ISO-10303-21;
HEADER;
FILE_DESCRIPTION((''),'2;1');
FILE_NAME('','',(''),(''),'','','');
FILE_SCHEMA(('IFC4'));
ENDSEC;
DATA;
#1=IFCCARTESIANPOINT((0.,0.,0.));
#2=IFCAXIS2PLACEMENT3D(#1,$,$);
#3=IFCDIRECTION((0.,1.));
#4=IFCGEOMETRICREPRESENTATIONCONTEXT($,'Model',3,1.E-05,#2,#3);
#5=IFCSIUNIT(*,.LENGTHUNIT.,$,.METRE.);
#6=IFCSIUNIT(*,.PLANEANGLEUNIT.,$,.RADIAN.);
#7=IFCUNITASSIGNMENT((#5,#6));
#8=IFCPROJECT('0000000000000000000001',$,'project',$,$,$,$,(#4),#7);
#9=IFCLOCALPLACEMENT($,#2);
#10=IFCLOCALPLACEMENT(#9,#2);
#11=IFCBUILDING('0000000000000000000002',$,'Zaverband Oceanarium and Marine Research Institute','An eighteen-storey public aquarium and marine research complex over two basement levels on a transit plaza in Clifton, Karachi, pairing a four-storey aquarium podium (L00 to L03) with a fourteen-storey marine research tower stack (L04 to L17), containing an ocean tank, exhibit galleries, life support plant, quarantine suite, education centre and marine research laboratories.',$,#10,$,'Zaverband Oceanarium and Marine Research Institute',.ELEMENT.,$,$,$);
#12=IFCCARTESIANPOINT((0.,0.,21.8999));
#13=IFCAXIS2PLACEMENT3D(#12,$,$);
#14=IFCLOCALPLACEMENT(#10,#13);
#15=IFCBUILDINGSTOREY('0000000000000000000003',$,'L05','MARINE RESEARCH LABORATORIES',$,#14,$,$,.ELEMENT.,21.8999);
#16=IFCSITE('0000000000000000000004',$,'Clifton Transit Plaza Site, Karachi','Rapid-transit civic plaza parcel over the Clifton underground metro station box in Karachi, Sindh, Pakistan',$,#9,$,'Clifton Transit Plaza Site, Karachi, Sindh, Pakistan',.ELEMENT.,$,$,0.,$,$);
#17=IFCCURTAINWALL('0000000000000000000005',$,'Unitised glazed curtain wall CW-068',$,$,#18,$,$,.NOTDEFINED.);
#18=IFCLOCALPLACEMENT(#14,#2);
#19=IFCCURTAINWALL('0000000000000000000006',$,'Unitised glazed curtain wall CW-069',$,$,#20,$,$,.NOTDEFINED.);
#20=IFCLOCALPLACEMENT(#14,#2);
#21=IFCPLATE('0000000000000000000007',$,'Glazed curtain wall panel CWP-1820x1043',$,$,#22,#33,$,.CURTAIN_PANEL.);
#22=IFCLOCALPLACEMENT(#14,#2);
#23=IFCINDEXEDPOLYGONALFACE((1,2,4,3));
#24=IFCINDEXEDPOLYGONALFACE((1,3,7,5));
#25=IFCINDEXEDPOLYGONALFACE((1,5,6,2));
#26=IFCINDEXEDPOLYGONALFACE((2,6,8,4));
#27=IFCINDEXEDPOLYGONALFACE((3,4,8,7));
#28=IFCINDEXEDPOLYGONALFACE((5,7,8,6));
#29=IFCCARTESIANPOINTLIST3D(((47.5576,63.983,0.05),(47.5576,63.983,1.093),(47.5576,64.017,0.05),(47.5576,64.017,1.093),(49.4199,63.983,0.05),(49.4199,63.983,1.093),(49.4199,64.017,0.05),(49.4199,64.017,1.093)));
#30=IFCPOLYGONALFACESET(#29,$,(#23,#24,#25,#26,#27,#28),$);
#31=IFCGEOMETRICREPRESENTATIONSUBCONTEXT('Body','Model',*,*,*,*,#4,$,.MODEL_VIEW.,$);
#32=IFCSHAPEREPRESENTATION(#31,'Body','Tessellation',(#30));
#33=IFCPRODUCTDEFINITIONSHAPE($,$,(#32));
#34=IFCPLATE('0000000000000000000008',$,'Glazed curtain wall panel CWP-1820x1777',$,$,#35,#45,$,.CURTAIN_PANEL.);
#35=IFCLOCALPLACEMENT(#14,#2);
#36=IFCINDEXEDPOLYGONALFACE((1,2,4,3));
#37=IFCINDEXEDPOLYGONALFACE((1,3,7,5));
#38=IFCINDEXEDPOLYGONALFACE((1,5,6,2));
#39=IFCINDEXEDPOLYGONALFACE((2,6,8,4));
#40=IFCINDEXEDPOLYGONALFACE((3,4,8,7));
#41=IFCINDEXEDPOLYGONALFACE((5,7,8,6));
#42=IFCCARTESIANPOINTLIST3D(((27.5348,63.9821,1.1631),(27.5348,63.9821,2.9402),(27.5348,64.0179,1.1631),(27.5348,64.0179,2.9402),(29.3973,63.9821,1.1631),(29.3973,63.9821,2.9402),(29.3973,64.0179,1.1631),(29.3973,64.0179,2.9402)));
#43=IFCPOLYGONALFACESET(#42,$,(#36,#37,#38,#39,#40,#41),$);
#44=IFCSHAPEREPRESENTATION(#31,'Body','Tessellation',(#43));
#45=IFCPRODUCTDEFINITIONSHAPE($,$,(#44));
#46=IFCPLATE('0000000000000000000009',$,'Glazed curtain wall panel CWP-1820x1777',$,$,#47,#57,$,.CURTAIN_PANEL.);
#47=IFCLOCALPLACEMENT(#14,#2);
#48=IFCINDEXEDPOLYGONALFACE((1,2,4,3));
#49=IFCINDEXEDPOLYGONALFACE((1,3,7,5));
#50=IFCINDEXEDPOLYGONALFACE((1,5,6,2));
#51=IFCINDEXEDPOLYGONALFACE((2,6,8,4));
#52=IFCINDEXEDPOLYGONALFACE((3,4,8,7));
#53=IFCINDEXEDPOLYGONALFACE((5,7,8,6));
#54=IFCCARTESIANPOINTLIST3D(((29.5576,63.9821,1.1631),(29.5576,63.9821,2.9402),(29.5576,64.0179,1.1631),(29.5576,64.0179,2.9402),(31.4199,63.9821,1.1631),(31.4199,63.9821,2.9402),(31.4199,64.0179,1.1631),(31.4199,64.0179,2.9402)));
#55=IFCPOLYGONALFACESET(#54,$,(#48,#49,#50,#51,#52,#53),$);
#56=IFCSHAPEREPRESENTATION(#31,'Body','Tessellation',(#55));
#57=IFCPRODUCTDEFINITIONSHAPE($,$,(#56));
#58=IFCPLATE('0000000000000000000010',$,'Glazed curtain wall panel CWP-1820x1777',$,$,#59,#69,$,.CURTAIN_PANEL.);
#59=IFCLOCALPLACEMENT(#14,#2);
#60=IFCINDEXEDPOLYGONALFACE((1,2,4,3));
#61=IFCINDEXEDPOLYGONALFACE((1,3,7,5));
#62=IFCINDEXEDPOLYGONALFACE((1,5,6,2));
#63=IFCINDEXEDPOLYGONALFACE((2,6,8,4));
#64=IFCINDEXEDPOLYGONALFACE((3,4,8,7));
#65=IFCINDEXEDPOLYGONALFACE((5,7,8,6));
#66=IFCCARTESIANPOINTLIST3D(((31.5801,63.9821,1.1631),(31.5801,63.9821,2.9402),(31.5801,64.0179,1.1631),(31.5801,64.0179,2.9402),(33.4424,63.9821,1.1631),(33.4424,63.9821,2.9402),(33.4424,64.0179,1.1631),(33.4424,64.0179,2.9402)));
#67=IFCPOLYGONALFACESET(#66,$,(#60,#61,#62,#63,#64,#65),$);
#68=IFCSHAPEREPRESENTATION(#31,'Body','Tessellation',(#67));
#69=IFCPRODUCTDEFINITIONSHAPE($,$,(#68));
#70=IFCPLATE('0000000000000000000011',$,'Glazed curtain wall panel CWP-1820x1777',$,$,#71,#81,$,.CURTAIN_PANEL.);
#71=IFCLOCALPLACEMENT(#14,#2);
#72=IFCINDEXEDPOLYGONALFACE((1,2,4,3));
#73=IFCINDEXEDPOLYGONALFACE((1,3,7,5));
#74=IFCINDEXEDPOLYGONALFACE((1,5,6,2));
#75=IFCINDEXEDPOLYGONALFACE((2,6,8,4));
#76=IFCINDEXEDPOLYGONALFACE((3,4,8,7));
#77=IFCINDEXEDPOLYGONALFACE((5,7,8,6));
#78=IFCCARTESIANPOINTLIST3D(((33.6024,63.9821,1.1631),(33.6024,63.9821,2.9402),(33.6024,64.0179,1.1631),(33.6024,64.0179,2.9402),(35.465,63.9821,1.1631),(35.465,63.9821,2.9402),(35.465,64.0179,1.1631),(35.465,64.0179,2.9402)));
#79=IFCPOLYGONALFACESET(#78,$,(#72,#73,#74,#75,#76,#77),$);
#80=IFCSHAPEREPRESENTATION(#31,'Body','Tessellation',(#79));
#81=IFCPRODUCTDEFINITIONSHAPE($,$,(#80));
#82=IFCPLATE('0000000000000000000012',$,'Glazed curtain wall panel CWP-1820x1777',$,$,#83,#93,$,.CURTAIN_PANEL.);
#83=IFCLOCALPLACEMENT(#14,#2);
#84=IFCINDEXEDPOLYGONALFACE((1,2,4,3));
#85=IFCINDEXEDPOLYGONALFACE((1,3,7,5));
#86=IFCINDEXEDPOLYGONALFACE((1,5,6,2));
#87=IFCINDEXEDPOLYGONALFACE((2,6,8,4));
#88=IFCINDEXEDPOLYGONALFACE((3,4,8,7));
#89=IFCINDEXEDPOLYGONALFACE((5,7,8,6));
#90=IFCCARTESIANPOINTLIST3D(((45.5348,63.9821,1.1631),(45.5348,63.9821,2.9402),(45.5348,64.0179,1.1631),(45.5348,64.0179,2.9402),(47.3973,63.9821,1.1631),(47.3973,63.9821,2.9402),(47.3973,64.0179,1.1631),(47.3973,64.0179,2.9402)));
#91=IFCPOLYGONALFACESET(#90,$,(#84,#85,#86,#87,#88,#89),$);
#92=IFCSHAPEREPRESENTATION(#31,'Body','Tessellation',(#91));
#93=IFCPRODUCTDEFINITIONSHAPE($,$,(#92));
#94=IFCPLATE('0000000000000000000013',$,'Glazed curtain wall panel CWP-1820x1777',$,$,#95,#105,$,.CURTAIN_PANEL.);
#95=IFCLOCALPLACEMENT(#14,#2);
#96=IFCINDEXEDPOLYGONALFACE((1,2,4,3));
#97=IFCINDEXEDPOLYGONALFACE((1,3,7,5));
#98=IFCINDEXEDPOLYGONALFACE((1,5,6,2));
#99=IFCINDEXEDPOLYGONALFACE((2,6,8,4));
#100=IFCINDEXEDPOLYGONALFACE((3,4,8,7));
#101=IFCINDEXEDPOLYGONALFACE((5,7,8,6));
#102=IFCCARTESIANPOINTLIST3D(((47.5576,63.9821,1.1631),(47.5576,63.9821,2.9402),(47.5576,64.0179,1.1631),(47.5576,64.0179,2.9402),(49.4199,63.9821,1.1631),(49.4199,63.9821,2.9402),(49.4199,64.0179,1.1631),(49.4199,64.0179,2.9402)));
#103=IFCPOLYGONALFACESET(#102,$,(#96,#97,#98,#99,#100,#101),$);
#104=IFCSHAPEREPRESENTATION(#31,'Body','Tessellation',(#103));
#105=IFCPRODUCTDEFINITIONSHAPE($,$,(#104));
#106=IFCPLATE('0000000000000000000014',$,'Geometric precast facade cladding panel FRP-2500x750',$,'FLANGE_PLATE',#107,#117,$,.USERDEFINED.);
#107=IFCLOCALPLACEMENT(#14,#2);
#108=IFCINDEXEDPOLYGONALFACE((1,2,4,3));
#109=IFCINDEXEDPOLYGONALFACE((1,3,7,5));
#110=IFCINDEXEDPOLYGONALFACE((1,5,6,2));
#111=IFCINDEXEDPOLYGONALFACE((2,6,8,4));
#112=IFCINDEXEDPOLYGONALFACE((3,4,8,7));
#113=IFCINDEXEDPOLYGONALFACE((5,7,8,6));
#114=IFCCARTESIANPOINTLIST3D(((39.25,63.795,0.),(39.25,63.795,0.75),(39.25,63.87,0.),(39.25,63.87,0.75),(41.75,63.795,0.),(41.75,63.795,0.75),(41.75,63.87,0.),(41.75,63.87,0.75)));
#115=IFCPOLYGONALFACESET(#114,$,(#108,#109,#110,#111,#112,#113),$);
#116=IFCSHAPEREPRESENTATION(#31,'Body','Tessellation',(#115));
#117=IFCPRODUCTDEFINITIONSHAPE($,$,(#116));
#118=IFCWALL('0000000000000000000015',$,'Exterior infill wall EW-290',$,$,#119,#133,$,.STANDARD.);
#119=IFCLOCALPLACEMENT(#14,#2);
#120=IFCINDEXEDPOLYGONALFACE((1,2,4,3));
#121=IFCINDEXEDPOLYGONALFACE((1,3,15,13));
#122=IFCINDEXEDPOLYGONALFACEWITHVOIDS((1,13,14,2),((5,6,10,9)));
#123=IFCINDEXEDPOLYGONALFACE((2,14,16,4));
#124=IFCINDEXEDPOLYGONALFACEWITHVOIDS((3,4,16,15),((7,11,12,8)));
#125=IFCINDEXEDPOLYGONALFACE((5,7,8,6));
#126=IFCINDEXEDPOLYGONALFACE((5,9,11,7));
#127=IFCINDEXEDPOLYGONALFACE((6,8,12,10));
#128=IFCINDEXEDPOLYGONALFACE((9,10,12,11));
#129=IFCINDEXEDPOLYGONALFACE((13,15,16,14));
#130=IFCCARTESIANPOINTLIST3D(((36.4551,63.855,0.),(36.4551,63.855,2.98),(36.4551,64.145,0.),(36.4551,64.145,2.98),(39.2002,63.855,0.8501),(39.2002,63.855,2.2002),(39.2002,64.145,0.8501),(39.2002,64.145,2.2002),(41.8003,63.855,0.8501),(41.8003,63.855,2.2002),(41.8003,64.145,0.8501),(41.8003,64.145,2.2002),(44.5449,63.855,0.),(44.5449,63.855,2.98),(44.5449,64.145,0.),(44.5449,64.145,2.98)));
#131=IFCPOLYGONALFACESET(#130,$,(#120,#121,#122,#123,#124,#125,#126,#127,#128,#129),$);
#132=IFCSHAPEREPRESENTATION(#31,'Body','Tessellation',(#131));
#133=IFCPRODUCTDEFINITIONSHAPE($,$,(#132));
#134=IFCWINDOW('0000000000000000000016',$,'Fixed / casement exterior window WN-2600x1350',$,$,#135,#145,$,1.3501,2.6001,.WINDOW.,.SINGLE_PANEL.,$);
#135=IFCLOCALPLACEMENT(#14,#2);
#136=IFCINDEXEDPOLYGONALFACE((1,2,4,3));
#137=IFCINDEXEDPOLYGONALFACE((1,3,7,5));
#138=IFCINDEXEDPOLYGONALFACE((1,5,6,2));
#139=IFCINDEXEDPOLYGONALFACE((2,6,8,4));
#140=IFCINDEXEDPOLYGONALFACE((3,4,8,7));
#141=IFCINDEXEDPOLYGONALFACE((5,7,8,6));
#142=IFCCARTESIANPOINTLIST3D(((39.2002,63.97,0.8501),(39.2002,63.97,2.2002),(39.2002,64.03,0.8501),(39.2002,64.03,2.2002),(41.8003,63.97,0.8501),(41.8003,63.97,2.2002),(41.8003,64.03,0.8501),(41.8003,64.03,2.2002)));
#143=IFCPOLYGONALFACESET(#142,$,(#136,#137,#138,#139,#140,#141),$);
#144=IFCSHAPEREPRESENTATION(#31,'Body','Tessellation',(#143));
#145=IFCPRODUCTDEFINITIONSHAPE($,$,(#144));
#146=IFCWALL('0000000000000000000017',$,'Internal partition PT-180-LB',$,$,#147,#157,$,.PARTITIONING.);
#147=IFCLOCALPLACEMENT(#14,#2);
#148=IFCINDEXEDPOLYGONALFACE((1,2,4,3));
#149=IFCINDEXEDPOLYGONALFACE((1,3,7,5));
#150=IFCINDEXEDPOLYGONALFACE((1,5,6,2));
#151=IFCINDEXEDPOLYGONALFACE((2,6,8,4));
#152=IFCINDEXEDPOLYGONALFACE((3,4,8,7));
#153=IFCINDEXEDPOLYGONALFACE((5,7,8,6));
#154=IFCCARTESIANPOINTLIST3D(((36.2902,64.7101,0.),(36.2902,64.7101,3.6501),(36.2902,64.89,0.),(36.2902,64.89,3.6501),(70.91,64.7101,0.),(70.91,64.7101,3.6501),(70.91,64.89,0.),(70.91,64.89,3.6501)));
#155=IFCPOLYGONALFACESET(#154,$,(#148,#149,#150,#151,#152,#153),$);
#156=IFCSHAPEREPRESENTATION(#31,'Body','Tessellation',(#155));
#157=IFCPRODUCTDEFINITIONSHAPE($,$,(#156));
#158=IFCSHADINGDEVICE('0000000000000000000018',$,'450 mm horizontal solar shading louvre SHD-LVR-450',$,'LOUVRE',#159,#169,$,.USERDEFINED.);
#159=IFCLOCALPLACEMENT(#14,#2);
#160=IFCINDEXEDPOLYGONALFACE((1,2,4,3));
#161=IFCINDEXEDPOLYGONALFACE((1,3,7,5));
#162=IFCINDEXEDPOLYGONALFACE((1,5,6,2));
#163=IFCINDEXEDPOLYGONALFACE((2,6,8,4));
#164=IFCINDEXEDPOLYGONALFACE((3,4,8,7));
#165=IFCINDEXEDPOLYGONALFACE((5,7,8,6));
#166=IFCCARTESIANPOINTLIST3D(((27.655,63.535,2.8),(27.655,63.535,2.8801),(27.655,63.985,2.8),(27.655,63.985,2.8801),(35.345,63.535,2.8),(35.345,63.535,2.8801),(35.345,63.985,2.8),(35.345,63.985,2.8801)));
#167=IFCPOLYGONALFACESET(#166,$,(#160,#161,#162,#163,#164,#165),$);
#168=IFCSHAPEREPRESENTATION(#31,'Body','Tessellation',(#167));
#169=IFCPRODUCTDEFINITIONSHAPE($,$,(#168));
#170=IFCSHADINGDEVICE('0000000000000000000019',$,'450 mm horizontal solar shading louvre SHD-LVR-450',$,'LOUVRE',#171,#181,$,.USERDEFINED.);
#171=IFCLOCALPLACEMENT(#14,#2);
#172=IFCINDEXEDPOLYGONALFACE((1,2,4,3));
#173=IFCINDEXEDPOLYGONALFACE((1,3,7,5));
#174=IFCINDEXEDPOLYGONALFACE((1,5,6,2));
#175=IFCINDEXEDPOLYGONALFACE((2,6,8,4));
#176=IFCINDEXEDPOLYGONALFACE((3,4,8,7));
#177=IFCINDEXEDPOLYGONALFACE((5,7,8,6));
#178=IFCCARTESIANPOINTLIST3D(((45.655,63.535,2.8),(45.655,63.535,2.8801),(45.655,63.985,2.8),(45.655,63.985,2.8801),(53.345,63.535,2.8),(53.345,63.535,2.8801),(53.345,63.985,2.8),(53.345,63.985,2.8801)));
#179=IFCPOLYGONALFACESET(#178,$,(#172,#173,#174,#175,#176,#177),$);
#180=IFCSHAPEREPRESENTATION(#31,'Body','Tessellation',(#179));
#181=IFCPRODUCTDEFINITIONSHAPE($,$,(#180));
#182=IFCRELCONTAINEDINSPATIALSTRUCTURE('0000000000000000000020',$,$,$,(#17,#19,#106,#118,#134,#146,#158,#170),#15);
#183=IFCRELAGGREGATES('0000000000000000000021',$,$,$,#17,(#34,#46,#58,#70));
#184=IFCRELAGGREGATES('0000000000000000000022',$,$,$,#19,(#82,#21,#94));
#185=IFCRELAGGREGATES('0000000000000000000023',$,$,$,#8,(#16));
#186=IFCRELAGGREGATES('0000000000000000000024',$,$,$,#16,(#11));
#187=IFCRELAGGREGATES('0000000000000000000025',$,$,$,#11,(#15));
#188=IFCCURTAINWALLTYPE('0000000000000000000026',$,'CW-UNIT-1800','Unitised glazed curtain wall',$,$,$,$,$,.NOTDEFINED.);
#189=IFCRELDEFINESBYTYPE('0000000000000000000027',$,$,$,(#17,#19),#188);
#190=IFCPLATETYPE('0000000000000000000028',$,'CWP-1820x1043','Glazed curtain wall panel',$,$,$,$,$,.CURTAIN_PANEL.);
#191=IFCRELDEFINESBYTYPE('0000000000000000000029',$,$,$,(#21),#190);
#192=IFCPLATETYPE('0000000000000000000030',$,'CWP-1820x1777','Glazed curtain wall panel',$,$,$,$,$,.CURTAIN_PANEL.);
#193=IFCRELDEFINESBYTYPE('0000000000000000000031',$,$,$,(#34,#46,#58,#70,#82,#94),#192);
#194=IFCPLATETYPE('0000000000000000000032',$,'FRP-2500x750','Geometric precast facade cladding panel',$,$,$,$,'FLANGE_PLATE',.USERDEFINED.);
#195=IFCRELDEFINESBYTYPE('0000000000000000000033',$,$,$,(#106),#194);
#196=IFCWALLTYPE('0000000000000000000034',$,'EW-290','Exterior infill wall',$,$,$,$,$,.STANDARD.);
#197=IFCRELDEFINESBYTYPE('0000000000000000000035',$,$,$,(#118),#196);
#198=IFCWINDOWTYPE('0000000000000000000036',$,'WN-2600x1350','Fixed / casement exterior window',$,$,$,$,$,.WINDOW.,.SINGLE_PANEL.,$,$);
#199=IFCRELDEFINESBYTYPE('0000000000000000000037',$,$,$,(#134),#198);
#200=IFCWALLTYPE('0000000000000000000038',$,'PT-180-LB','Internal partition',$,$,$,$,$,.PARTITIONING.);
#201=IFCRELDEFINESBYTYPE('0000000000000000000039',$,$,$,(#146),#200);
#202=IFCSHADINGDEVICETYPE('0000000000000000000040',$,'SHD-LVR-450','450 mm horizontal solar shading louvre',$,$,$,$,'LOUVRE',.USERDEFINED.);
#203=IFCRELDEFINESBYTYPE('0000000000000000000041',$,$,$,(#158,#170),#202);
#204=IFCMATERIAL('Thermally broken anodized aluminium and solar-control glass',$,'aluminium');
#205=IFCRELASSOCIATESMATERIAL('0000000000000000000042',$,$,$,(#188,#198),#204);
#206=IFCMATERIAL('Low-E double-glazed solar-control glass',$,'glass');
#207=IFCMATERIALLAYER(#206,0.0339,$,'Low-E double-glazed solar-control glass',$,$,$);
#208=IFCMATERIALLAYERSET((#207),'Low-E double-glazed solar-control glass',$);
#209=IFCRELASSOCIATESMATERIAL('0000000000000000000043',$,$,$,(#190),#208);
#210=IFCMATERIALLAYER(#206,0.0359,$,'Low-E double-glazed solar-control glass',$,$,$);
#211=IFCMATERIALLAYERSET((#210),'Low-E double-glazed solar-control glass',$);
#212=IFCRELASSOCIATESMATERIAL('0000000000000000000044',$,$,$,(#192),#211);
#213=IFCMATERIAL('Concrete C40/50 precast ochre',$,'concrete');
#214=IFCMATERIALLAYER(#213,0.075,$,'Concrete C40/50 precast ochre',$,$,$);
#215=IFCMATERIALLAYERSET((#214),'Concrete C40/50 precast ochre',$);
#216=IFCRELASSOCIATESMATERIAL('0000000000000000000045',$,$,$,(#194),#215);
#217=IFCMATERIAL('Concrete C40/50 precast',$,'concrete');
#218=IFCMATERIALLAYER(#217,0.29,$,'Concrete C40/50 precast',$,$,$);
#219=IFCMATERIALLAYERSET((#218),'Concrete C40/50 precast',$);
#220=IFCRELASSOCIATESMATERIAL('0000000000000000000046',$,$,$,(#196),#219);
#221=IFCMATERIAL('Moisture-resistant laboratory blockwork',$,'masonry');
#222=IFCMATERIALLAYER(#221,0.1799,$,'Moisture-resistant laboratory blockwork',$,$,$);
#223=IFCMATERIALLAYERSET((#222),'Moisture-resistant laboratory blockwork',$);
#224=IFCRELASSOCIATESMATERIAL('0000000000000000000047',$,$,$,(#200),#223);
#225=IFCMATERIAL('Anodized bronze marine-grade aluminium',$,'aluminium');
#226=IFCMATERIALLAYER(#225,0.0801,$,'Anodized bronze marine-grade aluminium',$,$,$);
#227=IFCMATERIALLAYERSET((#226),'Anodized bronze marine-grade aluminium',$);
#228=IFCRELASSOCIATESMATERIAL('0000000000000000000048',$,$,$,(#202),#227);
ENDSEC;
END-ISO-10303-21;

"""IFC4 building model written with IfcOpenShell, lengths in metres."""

from ifc_helpers import new_model, si_unit, direction, frame, frame_2d, origin, place, context, subcontext, project, spatial, rectangle, extrude, material, layer, layer_set, type_object, element, fill, aggregate, save


model = new_model("IFC4")

# Units and contexts
model_context = context("Model", 3, precision=1e-05, world=origin(), true_north=direction((0.0, 1.0)))
body_context = subcontext(model_context, "Body", "Model", "MODEL_VIEW")
ifc_project = project(units=[si_unit("LENGTHUNIT", "METRE"), si_unit("PLANEANGLEUNIT", "RADIAN")], contexts=[model_context])

# Site, building, storey
site_placement = place(None, origin())
site = spatial("IfcSite", under=ifc_project, at=site_placement, Name="Clifton Transit Plaza Site, Karachi", Description="Rapid-transit civic plaza parcel over the Clifton underground metro station box in Karachi, Sindh, Pakistan", LongName="Clifton Transit Plaza Site, Karachi, Sindh, Pakistan", CompositionType="ELEMENT", RefElevation=0.0)
building_placement = place(site_placement, origin())
building = spatial("IfcBuilding", under=site, at=building_placement, Name="Zaverband Oceanarium and Marine Research Institute", Description="An eighteen-storey public aquarium and marine research complex over two basement levels on a transit plaza in Clifton, Karachi, pairing a four-storey aquarium podium (L00 to L03) with a fourteen-storey marine research tower stack (L04 to L17), containing an ocean tank, exhibit galleries, life support plant, quarantine suite, education centre and marine research laboratories.", LongName="Zaverband Oceanarium and Marine Research Institute", CompositionType="ELEMENT")
storey_placement = place(building_placement, frame((0.0, 0.0, 21.8999)))
storey = spatial("IfcBuildingStorey", under=building, at=storey_placement, Name="L05", Description="MARINE RESEARCH LABORATORIES", CompositionType="ELEMENT", Elevation=21.8999)

# Curtain walls
ifc_material_1 = material(Name="Thermally broken anodized aluminium and solar-control glass", Category="aluminium")
curtain_wall_type = type_object("IfcCurtainWallType", Name="CW-UNIT-1800", Description="Unitised glazed curtain wall", PredefinedType="NOTDEFINED", material=ifc_material_1)
curtain_wall_1_placement = place(storey_placement, origin())
curtain_wall_1 = element("IfcCurtainWall", 1, at=curtain_wall_1_placement, inside=storey, type_object=curtain_wall_type, Name="Unitised glazed curtain wall CW-068", PredefinedType="NOTDEFINED")
curtain_wall_2_placement = place(storey_placement, origin())
curtain_wall_2 = element("IfcCurtainWall", 2, at=curtain_wall_2_placement, inside=storey, type_object=curtain_wall_type, Name="Unitised glazed curtain wall CW-069", PredefinedType="NOTDEFINED")

# Plates
ifc_material_2 = material(Name="Low-E double-glazed solar-control glass", Category="glass")
ifc_layer_1 = layer(ifc_material_2, 0.0339, Name="Low-E double-glazed solar-control glass")
ifc_layer_set_1 = layer_set([ifc_layer_1], Name="Low-E double-glazed solar-control glass")
plate_type_1 = type_object("IfcPlateType", Name="CWP-1820x1043", Description="Glazed curtain wall panel", PredefinedType="CURTAIN_PANEL", material=ifc_layer_set_1)
plate_1_placement = place(storey_placement, frame((47.5576, 64.0, 0.05), z_axis=(0.0, 0.0, 1.0), x_axis=(1.0, 0.0, 0.0)))
plate_1 = element("IfcPlate", 3, at=plate_1_placement, type_object=plate_type_1, Name="Glazed curtain wall panel CWP-1820x1043", PredefinedType="CURTAIN_PANEL", context=body_context, shape_type="SweptSolid", body=[
    extrude(rectangle(XDim=1.8623, YDim=0.0339, at=frame_2d((0.9312, 0.0))), origin(), (0.0, 0.0, 1.0), 1.043),
])
ifc_layer_2 = layer(ifc_material_2, 0.0359, Name="Low-E double-glazed solar-control glass")
ifc_layer_set_2 = layer_set([ifc_layer_2], Name="Low-E double-glazed solar-control glass")
plate_type_2 = type_object("IfcPlateType", Name="CWP-1820x1777", Description="Glazed curtain wall panel", PredefinedType="CURTAIN_PANEL", material=ifc_layer_set_2)
plate_2_placement = place(storey_placement, frame((27.5349, 64.0, 1.1631), z_axis=(0.0, 0.0, 1.0), x_axis=(1.0, 0.0, 0.0)))
plate_2 = element("IfcPlate", 4, at=plate_2_placement, type_object=plate_type_2, Name="Glazed curtain wall panel CWP-1820x1777", PredefinedType="CURTAIN_PANEL", context=body_context, shape_type="SweptSolid", body=[
    extrude(rectangle(XDim=1.8625, YDim=0.0359, at=frame_2d((0.9312, 0.0))), origin(), (0.0, 0.0, 1.0), 1.7771),
])
plate_3_placement = place(storey_placement, frame((29.5576, 64.0, 1.1631), z_axis=(0.0, 0.0, 1.0), x_axis=(1.0, 0.0, 0.0)))
plate_3 = element("IfcPlate", 5, at=plate_3_placement, type_object=plate_type_2, Name="Glazed curtain wall panel CWP-1820x1777", PredefinedType="CURTAIN_PANEL", context=body_context, shape_type="SweptSolid", body=[
    extrude(rectangle(XDim=1.8623, YDim=0.0359, at=frame_2d((0.9312, 0.0))), origin(), (0.0, 0.0, 1.0), 1.7771),
])
plate_4_placement = place(storey_placement, frame((31.5801, 64.0, 1.1631), z_axis=(0.0, 0.0, 1.0), x_axis=(1.0, 0.0, 0.0)))
plate_4 = element("IfcPlate", 6, at=plate_4_placement, type_object=plate_type_2, Name="Glazed curtain wall panel CWP-1820x1777", PredefinedType="CURTAIN_PANEL", context=body_context, shape_type="SweptSolid", body=[
    extrude(rectangle(XDim=1.8623, YDim=0.0359, at=frame_2d((0.9312, 0.0))), origin(), (0.0, 0.0, 1.0), 1.7771),
])
plate_5_placement = place(storey_placement, frame((33.6025, 64.0, 1.1631), z_axis=(0.0, 0.0, 1.0), x_axis=(1.0, 0.0, 0.0)))
plate_5 = element("IfcPlate", 7, at=plate_5_placement, type_object=plate_type_2, Name="Glazed curtain wall panel CWP-1820x1777", PredefinedType="CURTAIN_PANEL", context=body_context, shape_type="SweptSolid", body=[
    extrude(rectangle(XDim=1.8625, YDim=0.0359, at=frame_2d((0.9312, 0.0))), origin(), (0.0, 0.0, 1.0), 1.7771),
])
aggregate(curtain_wall_1, [plate_2, plate_3, plate_4, plate_5])
plate_6_placement = place(storey_placement, frame((45.5349, 64.0, 1.1631), z_axis=(0.0, 0.0, 1.0), x_axis=(1.0, 0.0, 0.0)))
plate_6 = element("IfcPlate", 8, at=plate_6_placement, type_object=plate_type_2, Name="Glazed curtain wall panel CWP-1820x1777", PredefinedType="CURTAIN_PANEL", context=body_context, shape_type="SweptSolid", body=[
    extrude(rectangle(XDim=1.8625, YDim=0.0359, at=frame_2d((0.9312, 0.0))), origin(), (0.0, 0.0, 1.0), 1.7771),
])
plate_7_placement = place(storey_placement, frame((47.5576, 64.0, 1.1631), z_axis=(0.0, 0.0, 1.0), x_axis=(1.0, 0.0, 0.0)))
plate_7 = element("IfcPlate", 9, at=plate_7_placement, type_object=plate_type_2, Name="Glazed curtain wall panel CWP-1820x1777", PredefinedType="CURTAIN_PANEL", context=body_context, shape_type="SweptSolid", body=[
    extrude(rectangle(XDim=1.8623, YDim=0.0359, at=frame_2d((0.9312, 0.0))), origin(), (0.0, 0.0, 1.0), 1.7771),
])
aggregate(curtain_wall_2, [plate_6, plate_1, plate_7])
ifc_material_3 = material(Name="Concrete C40/50 precast ochre", Category="concrete")
ifc_layer_3 = layer(ifc_material_3, 0.075, Name="Concrete C40/50 precast ochre")
ifc_layer_set_3 = layer_set([ifc_layer_3], Name="Concrete C40/50 precast ochre")
plate_type_3 = type_object("IfcPlateType", Name="FRP-2500x750", Description="Geometric precast facade cladding panel", ElementType="FLANGE_PLATE", PredefinedType="USERDEFINED", material=ifc_layer_set_3)
plate_8_placement = place(storey_placement, frame((39.25, 63.8325, 0.0), z_axis=(0.0, 0.0, 1.0), x_axis=(1.0, 0.0, 0.0)))
element("IfcPlate", 10, at=plate_8_placement, inside=storey, type_object=plate_type_3, Name="Geometric precast facade cladding panel FRP-2500x750", ObjectType="FLANGE_PLATE", PredefinedType="USERDEFINED", context=body_context, shape_type="SweptSolid", body=[
    extrude(rectangle(XDim=2.5, YDim=0.075, at=frame_2d((1.25, 0.0))), origin(), (0.0, 0.0, 1.0), 0.75),
])

# Wall, opening, window
ifc_material_4 = material(Name="Concrete C40/50 precast", Category="concrete")
ifc_layer_4 = layer(ifc_material_4, 0.29, Name="Concrete C40/50 precast")
ifc_layer_set_4 = layer_set([ifc_layer_4], Name="Concrete C40/50 precast")
wall_type_1 = type_object("IfcWallType", Name="EW-290", Description="Exterior infill wall", PredefinedType="STANDARD", material=ifc_layer_set_4)
wall_1_placement = place(storey_placement, frame((36.4551, 64.0, 0.0), z_axis=(0.0, 0.0, 1.0), x_axis=(1.0, 0.0, 0.0)))
wall_1 = element("IfcWall", 11, at=wall_1_placement, inside=storey, type_object=wall_type_1, Name="Exterior infill wall EW-290", PredefinedType="STANDARD", context=body_context, shape_type="SweptSolid", body=[
    extrude(rectangle(XDim=8.0898, YDim=0.29, at=frame_2d((4.0449, 0.0))), origin(), (0.0, 0.0, 1.0), 2.98),
])
opening_placement = place(wall_1_placement, frame((2.7451, 0.0, 0.8501)))
opening = element("IfcOpeningElement", 12, at=opening_placement, cuts=wall_1, PredefinedType="OPENING", context=body_context, shape_type="SweptSolid", body=[
    extrude(rectangle(XDim=2.6001, YDim=1.3501, at=frame_2d((1.3, 0.675))), frame((0.0, 0.157, 0.0), z_axis=(0.0, -1.0, 0.0), x_axis=(1.0, 0.0, 0.0)), (0.0, 0.0, 1.0), 0.314),
])
window_type = type_object("IfcWindowType", Name="WN-2600x1350", Description="Fixed / casement exterior window", PartitioningType="SINGLE_PANEL", PredefinedType="WINDOW", material=ifc_material_1)
window_placement = place(opening_placement, origin())
window = element("IfcWindow", 13, at=window_placement, inside=storey, type_object=window_type, Name="Fixed / casement exterior window WN-2600x1350", OverallHeight=1.3501, OverallWidth=2.6001, PartitioningType="SINGLE_PANEL", PredefinedType="WINDOW", context=body_context, shape_type="SweptSolid", body=[
    extrude(rectangle(XDim=2.6001, YDim=1.3501, at=frame_2d((1.3, 0.675))), frame((0.0, 0.03, 0.0), z_axis=(0.0, -1.0, 0.0), x_axis=(1.0, 0.0, 0.0)), (0.0, 0.0, 1.0), 0.0601),
])
fill(opening, window)

# Wall
ifc_material_5 = material(Name="Moisture-resistant laboratory blockwork", Category="masonry")
ifc_layer_5 = layer(ifc_material_5, 0.1799, Name="Moisture-resistant laboratory blockwork")
ifc_layer_set_5 = layer_set([ifc_layer_5], Name="Moisture-resistant laboratory blockwork")
wall_type_2 = type_object("IfcWallType", Name="PT-180-LB", Description="Internal partition", PredefinedType="PARTITIONING", material=ifc_layer_set_5)
wall_2_placement = place(storey_placement, frame((36.29, 64.8, 0.0), z_axis=(0.0, 0.0, 1.0), x_axis=(1.0, 0.0, 0.0)))
element("IfcWall", 14, at=wall_2_placement, inside=storey, type_object=wall_type_2, Name="Internal partition PT-180-LB", PredefinedType="PARTITIONING", context=body_context, shape_type="SweptSolid", body=[
    extrude(rectangle(XDim=34.6199, YDim=0.1799, at=frame_2d((17.3101, 0.0))), origin(), (0.0, 0.0, 1.0), 3.6501),
])

# Shading devices
ifc_material_6 = material(Name="Anodized bronze marine-grade aluminium", Category="aluminium")
ifc_layer_6 = layer(ifc_material_6, 0.0801, Name="Anodized bronze marine-grade aluminium")
ifc_layer_set_6 = layer_set([ifc_layer_6], Name="Anodized bronze marine-grade aluminium")
shading_device_type = type_object("IfcShadingDeviceType", Name="SHD-LVR-450", Description="450 mm horizontal solar shading louvre", ElementType="LOUVRE", PredefinedType="USERDEFINED", material=ifc_layer_set_6)
for number, where, z_axis, x_axis, name in (
    (15, (27.655, 63.76, 2.8), (0.0, 0.0, 1.0), (1.0, 0.0, 0.0), "450 mm horizontal solar shading louvre SHD-LVR-450"),
    (16, (45.655, 63.76, 2.8), (0.0, 0.0, 1.0), (1.0, 0.0, 0.0), "450 mm horizontal solar shading louvre SHD-LVR-450"),
):
    element("IfcShadingDevice", number, at=place(storey_placement, frame(where, z_axis=z_axis, x_axis=x_axis)), inside=storey, type_object=shading_device_type, Name=name, ObjectType="LOUVRE", PredefinedType="USERDEFINED", context=body_context, shape_type="SweptSolid", body=[
        extrude(rectangle(XDim=7.6899, YDim=0.45, at=frame_2d((3.845, 0.0))), origin(), (0.0, 0.0, 1.0), 0.0801),
    ])

save(model, "model.ifc")
